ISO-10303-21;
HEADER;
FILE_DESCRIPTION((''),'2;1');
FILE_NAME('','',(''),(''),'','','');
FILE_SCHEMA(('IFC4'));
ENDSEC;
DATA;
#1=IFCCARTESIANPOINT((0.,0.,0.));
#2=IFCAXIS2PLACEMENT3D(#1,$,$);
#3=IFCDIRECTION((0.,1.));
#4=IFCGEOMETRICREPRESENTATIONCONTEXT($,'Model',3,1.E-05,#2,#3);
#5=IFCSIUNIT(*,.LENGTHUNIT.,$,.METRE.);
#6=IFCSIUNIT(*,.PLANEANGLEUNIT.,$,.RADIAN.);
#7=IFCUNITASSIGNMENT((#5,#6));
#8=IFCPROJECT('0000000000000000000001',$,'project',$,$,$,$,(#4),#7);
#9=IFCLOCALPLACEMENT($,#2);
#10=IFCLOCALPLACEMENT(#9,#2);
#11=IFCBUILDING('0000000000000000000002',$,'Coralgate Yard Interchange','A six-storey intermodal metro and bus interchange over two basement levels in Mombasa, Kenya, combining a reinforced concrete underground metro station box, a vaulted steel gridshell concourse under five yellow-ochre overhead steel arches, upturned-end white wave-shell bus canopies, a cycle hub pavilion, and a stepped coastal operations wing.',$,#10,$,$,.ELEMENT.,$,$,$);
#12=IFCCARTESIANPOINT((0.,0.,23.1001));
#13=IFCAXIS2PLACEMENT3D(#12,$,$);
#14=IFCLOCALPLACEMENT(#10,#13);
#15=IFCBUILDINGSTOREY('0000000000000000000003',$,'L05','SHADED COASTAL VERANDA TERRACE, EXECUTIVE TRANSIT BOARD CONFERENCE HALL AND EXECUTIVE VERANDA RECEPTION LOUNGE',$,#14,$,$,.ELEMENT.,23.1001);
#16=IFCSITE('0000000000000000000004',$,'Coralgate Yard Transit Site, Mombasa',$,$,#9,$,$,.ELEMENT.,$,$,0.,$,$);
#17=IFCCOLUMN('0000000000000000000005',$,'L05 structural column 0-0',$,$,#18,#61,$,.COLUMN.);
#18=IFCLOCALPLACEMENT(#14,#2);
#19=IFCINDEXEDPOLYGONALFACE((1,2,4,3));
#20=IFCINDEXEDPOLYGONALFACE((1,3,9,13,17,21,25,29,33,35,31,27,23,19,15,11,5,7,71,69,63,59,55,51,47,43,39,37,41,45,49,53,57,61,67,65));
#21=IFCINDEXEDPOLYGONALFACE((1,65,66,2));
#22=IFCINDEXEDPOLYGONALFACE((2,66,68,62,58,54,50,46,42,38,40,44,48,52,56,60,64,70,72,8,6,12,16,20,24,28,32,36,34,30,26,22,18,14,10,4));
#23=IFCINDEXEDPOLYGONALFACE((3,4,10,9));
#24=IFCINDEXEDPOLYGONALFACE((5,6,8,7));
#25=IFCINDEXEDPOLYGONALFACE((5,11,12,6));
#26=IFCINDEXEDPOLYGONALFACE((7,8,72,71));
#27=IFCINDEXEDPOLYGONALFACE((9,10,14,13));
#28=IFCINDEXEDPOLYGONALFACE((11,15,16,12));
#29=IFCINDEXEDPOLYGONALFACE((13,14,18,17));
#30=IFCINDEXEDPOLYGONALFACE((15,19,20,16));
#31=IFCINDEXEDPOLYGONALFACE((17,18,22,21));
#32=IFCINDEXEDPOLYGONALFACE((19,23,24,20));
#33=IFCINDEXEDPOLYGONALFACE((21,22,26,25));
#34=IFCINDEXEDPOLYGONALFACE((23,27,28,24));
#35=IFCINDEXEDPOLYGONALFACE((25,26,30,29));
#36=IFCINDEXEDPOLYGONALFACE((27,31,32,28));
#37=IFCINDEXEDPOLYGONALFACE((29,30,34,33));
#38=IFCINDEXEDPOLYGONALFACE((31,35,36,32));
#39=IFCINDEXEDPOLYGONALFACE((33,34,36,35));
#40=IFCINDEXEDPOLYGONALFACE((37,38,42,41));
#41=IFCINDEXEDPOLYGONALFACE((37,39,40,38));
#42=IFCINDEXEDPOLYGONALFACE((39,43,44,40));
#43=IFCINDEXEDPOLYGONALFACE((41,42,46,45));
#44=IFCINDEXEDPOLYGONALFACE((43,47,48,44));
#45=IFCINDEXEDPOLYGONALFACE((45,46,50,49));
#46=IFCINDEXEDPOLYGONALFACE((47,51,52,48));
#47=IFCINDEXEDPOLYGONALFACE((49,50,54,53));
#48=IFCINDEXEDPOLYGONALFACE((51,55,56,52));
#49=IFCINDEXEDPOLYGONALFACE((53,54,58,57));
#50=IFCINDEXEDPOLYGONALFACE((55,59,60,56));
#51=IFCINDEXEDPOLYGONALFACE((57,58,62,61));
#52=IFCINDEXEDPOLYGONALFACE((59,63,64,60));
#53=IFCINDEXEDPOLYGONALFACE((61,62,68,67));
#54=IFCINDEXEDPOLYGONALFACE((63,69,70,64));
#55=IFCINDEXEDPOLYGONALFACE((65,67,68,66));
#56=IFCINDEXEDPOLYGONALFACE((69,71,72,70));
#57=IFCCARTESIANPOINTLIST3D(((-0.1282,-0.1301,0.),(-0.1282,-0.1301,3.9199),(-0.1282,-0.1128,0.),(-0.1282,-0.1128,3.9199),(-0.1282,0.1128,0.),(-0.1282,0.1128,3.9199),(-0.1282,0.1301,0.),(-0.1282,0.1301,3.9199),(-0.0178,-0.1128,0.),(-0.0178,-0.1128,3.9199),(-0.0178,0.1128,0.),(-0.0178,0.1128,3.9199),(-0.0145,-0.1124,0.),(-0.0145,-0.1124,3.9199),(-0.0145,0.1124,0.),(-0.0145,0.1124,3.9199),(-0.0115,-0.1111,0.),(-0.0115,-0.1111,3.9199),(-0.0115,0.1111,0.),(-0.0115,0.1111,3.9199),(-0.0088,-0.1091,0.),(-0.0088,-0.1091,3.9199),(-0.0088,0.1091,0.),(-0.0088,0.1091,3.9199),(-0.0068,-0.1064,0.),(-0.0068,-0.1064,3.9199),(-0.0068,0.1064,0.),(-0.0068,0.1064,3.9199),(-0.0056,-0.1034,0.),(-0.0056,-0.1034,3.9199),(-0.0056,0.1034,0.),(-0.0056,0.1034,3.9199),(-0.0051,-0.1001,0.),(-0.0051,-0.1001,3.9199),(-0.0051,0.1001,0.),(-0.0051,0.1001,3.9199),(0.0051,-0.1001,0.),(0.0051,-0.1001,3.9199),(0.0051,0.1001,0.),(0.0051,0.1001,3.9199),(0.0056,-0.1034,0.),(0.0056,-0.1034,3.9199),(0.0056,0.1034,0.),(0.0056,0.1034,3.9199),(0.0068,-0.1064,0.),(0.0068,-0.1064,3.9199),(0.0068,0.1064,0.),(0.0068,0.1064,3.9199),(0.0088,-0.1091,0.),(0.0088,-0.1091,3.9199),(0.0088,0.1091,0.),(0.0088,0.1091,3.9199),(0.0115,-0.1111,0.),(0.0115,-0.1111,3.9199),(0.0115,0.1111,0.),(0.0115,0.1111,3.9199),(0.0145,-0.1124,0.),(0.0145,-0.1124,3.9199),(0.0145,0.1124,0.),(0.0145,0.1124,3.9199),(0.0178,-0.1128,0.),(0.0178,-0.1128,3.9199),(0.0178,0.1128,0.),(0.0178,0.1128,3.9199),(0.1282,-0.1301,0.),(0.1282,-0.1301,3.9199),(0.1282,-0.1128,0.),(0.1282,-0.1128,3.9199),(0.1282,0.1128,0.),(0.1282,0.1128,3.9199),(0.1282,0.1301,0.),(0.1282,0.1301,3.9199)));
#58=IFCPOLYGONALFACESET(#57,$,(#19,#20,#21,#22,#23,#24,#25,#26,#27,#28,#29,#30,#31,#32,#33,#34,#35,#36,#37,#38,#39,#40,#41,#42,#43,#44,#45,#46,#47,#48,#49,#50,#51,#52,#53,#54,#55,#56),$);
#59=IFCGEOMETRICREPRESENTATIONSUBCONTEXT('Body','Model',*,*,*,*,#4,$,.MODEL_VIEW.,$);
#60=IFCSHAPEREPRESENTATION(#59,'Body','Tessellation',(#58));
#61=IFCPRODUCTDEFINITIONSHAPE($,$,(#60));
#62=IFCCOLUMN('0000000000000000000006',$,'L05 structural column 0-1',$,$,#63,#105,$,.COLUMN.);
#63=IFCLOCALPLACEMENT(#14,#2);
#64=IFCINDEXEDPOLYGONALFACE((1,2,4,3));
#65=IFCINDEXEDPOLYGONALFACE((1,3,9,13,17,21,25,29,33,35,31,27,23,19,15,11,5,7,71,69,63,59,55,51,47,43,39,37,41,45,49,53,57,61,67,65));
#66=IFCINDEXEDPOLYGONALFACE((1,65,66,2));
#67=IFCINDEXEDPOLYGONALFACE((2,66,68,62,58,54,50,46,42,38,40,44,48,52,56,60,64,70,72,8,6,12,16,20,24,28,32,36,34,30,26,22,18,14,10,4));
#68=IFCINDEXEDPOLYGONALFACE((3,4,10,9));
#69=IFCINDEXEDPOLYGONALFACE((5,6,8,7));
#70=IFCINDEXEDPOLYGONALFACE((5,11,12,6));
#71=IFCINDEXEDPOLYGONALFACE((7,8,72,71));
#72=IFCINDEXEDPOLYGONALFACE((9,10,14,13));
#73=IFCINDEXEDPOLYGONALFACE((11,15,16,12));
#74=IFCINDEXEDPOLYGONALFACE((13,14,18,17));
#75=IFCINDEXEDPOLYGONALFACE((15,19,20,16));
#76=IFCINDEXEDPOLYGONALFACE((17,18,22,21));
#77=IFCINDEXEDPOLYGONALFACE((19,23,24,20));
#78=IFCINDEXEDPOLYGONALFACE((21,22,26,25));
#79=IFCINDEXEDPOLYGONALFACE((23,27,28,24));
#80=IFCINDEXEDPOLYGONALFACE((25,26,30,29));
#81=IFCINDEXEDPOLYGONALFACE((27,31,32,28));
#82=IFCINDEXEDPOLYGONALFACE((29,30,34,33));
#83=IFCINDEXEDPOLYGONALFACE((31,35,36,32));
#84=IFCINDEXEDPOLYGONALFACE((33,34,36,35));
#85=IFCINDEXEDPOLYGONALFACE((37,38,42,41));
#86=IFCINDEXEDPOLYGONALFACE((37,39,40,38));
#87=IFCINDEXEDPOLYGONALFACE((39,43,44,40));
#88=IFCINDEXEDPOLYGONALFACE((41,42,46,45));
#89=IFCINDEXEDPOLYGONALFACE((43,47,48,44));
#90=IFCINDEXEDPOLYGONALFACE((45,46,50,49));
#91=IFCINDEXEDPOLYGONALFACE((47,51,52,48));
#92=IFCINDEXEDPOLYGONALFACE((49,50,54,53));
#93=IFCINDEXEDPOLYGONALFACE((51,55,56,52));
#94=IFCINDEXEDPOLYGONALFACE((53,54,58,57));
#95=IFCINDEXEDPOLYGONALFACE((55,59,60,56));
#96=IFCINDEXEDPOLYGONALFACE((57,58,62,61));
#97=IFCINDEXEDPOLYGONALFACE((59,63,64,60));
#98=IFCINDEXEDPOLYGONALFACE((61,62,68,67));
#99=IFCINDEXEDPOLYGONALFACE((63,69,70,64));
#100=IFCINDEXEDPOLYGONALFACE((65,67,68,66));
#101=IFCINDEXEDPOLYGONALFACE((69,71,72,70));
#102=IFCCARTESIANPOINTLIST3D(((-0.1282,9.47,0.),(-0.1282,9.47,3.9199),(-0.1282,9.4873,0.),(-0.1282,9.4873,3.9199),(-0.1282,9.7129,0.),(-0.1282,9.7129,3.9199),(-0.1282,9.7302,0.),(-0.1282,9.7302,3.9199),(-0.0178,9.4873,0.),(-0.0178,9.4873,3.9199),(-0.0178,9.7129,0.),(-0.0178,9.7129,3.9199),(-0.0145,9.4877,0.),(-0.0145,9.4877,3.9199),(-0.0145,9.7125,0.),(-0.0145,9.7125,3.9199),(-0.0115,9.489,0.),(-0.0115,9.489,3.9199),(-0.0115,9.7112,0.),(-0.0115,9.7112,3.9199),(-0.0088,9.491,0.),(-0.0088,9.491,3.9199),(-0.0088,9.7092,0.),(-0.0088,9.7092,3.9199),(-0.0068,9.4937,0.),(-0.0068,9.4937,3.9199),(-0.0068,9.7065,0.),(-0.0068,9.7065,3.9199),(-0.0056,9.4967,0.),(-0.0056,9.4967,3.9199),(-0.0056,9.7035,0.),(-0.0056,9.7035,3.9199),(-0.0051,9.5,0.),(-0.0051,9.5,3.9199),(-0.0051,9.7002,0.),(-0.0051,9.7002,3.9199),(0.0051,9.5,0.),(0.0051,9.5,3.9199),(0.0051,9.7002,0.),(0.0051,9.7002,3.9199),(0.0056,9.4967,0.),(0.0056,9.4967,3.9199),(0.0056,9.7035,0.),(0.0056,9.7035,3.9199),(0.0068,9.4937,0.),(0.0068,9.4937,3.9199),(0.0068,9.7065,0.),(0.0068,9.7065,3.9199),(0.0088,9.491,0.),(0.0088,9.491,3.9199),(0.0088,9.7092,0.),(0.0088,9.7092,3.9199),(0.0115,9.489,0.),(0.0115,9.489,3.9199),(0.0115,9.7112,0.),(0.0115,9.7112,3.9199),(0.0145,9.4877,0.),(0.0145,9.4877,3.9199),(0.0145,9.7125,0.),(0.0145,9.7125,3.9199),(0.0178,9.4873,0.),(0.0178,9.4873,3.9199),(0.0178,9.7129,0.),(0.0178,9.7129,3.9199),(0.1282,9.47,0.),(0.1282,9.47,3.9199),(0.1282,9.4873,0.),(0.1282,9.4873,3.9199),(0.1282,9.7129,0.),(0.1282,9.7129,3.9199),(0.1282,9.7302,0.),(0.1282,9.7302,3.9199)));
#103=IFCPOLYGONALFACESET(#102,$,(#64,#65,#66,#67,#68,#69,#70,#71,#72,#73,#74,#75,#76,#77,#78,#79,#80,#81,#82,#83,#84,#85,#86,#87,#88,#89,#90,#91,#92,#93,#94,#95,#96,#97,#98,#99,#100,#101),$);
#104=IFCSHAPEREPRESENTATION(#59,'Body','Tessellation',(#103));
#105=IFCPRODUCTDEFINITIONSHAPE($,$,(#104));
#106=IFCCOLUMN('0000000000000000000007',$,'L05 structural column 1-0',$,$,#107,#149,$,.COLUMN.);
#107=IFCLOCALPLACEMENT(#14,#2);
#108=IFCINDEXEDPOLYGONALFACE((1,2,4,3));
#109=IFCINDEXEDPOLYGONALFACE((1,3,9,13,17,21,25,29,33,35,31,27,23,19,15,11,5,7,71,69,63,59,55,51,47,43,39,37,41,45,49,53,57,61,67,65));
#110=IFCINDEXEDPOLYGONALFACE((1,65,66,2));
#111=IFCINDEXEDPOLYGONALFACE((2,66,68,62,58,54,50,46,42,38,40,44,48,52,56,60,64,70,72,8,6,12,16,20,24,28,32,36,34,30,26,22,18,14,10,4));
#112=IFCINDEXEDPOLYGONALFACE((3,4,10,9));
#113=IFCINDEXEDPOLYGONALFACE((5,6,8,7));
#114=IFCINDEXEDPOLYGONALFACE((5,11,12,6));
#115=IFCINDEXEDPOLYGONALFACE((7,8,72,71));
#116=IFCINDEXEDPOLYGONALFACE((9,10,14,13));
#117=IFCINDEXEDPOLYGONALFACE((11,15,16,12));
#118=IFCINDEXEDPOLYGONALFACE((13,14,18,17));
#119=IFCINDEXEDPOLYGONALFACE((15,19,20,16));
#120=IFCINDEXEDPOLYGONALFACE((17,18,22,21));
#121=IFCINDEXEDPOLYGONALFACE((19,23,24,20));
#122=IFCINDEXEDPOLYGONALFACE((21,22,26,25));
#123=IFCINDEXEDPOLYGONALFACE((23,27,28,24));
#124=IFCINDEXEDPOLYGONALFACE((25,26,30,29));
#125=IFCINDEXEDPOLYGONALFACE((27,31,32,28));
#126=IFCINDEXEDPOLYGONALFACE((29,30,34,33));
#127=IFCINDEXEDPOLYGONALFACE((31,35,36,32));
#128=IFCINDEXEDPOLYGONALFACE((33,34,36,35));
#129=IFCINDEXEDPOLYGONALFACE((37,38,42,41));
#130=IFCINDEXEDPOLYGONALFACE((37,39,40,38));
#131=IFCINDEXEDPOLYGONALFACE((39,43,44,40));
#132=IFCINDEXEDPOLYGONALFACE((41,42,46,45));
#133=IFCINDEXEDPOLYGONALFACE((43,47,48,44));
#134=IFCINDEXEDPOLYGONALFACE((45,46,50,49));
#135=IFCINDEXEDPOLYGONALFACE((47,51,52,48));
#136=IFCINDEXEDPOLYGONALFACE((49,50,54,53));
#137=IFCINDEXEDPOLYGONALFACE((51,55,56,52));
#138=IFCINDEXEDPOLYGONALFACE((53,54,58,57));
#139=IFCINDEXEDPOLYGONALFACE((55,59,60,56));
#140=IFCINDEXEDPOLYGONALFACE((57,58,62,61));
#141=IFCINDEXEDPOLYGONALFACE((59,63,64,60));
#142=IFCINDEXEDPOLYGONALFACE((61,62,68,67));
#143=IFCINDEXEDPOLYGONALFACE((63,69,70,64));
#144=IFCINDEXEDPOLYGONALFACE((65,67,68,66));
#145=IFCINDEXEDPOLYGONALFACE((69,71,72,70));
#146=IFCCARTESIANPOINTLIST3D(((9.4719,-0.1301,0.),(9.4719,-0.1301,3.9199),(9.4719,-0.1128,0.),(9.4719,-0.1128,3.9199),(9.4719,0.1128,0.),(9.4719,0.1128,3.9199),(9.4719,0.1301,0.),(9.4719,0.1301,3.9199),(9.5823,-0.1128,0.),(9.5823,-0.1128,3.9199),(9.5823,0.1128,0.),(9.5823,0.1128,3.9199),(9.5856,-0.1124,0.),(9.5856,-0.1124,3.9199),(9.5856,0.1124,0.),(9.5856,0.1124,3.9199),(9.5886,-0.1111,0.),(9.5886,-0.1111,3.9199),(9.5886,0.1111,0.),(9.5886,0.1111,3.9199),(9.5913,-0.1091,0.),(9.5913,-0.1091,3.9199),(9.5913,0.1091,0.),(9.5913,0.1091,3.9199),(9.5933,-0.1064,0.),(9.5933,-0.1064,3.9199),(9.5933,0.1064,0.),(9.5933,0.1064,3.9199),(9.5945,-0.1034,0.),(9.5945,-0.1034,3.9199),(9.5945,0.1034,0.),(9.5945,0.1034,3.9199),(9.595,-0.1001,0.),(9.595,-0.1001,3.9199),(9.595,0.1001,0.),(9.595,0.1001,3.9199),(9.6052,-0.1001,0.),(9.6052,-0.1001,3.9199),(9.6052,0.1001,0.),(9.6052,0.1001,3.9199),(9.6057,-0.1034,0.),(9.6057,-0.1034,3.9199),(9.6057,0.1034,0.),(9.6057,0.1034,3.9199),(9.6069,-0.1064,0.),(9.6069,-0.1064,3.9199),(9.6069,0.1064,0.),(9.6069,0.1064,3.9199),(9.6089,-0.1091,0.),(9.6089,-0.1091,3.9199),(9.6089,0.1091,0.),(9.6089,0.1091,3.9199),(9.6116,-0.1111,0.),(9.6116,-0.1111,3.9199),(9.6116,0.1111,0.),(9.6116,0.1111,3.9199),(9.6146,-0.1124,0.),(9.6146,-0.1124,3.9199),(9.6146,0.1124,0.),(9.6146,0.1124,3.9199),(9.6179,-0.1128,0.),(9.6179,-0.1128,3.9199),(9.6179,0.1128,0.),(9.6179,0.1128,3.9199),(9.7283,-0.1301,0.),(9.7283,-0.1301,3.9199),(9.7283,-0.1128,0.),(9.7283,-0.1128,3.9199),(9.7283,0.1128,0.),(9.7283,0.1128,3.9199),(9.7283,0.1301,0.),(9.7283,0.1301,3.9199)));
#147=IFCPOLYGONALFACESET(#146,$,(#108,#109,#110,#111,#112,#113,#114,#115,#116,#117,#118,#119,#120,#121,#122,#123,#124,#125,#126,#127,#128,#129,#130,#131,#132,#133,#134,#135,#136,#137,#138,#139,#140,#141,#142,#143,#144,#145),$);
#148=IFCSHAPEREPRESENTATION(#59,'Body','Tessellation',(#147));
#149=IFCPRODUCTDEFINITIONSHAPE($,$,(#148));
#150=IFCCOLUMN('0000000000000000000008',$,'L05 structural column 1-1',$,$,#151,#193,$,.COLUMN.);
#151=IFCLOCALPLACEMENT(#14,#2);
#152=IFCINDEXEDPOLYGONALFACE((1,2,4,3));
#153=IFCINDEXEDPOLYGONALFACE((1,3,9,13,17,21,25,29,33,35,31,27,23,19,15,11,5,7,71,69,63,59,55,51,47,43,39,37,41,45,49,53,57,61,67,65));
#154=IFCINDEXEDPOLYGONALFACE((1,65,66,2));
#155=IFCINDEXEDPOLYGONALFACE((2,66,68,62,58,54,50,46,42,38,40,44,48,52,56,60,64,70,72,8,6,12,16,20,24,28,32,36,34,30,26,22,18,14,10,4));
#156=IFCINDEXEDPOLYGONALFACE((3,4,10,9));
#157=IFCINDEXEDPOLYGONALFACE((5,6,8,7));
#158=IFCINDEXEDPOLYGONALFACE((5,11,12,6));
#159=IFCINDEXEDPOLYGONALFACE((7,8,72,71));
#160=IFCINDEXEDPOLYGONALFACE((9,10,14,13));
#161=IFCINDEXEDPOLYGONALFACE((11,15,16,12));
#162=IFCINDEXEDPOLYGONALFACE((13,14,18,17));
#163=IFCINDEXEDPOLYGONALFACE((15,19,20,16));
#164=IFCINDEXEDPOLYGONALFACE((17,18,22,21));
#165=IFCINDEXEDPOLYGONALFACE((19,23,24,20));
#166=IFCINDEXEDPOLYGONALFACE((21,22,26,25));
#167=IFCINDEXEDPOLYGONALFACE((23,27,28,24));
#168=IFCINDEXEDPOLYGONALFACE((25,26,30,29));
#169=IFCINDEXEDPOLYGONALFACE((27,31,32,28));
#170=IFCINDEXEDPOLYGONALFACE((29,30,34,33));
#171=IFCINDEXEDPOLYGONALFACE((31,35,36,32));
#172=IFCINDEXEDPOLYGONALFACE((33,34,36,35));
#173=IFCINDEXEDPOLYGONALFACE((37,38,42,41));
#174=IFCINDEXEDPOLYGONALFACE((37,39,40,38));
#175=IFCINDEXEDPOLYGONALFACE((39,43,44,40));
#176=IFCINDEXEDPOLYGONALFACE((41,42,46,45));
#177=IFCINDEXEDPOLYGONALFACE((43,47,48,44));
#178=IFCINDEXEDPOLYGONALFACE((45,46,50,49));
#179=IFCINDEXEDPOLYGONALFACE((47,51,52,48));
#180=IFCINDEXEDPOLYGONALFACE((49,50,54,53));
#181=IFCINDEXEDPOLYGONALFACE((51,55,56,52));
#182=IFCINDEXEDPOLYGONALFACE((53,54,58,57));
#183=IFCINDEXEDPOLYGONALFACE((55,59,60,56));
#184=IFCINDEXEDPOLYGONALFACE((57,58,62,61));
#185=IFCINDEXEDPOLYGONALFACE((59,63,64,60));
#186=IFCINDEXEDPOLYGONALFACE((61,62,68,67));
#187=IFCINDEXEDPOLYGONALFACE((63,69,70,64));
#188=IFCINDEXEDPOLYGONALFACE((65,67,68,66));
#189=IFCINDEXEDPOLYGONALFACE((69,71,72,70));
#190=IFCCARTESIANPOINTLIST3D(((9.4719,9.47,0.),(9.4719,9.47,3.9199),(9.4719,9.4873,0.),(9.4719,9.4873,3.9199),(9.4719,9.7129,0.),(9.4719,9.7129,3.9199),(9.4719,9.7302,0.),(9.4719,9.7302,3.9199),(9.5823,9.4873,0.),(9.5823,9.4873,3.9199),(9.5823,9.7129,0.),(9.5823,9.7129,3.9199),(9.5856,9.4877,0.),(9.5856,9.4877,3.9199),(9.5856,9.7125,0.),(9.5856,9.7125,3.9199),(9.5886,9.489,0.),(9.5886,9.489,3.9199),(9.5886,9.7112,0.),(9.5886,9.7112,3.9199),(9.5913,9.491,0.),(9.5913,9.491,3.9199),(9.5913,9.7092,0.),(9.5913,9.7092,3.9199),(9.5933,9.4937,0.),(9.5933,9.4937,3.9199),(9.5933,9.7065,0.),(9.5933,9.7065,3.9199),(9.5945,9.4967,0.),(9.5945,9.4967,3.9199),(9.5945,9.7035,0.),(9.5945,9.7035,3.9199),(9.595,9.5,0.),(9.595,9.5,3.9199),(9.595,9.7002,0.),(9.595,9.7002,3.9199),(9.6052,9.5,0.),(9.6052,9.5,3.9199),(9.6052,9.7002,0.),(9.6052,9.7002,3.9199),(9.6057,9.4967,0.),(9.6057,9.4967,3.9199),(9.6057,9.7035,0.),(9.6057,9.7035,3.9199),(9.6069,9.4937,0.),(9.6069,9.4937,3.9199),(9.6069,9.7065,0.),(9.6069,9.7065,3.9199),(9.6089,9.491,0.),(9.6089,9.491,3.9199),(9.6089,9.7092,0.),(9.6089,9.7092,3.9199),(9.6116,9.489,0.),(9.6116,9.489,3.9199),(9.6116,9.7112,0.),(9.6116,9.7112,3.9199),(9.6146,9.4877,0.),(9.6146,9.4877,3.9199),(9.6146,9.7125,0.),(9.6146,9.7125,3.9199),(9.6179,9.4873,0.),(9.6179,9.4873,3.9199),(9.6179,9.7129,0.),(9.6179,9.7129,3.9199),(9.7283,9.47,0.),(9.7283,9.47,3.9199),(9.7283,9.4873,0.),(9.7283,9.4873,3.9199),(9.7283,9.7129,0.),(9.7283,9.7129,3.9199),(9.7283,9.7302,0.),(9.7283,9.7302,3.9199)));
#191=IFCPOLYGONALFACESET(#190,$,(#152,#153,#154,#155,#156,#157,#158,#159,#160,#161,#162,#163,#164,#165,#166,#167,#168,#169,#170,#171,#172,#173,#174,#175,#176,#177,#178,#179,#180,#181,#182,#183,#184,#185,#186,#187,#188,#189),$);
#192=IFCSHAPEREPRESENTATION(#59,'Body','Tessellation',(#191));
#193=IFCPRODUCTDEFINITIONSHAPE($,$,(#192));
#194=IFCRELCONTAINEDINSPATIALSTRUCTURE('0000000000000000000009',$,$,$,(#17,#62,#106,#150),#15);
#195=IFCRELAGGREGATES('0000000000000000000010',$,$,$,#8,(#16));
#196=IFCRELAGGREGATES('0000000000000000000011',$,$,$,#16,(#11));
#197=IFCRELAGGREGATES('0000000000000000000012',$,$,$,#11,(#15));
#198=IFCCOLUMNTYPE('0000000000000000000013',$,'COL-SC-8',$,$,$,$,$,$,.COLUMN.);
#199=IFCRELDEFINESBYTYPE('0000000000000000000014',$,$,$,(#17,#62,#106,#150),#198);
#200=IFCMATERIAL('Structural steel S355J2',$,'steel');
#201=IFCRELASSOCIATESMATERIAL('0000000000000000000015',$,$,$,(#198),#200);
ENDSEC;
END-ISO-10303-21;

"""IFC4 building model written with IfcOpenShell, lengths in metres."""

from ifc_helpers import new_model, si_unit, direction, frame, origin, origin_2d, place, context, subcontext, project, spatial, i_section, extrude, material, material_profile, profile_set, type_object, element, save


model = new_model("IFC4")

# Units and contexts
model_context = context("Model", 3, precision=1e-05, world=origin(), true_north=direction((0.0, 1.0)))
body_context = subcontext(model_context, "Body", "Model", "MODEL_VIEW")
ifc_project = project(units=[si_unit("LENGTHUNIT", "METRE"), si_unit("PLANEANGLEUNIT", "RADIAN")], contexts=[model_context])

# Site, building, storey
site_placement = place(None, origin())
site = spatial("IfcSite", under=ifc_project, at=site_placement, Name="Coralgate Yard Transit Site, Mombasa", CompositionType="ELEMENT", RefElevation=0.0)
building_placement = place(site_placement, origin())
building = spatial("IfcBuilding", under=site, at=building_placement, Name="Coralgate Yard Interchange", Description="A six-storey intermodal metro and bus interchange over two basement levels in Mombasa, Kenya, combining a reinforced concrete underground metro station box, a vaulted steel gridshell concourse under five yellow-ochre overhead steel arches, upturned-end white wave-shell bus canopies, a cycle hub pavilion, and a stepped coastal operations wing.", CompositionType="ELEMENT")
storey_placement = place(building_placement, frame((0.0, 0.0, 23.1001)))
storey = spatial("IfcBuildingStorey", under=building, at=storey_placement, Name="L05", Description="SHADED COASTAL VERANDA TERRACE, EXECUTIVE TRANSIT BOARD CONFERENCE HALL AND EXECUTIVE VERANDA RECEPTION LOUNGE", CompositionType="ELEMENT", Elevation=23.1001)

# Columns
ifc_material_1 = material(Name="Structural steel S355J2", Category="steel")
ifc_material_profile_1 = material_profile(ifc_material_1, i_section(OverallWidth=0.2563, OverallDepth=0.2603, WebThickness=0.0103, FlangeThickness=0.0173, FilletRadius=0.0127, at=origin_2d()), Name="UC 254x254x89")
ifc_profile_set_1 = profile_set([ifc_material_profile_1], Name="Structural steel S355J2")
column_type = type_object("IfcColumnType", Name="COL-SC-8", PredefinedType="COLUMN", material=ifc_profile_set_1)
for number, where, z_axis, x_axis, name in (
    (1, (0.0, 0.0, 0.0), (0.0, 0.0, 1.0), (1.0, 0.0, 0.0), "L05 structural column 0-0"),
    (2, (0.0, 9.6001, 0.0), (0.0, 0.0, 1.0), (1.0, 0.0, 0.0), "L05 structural column 0-1"),
    (3, (9.6001, 0.0, 0.0), (0.0, 0.0, 1.0), (1.0, 0.0, 0.0), "L05 structural column 1-0"),
    (4, (9.6001, 9.6001, 0.0), (0.0, 0.0, 1.0), (1.0, 0.0, 0.0), "L05 structural column 1-1"),
):
    element("IfcColumn", number, at=place(storey_placement, frame(where, z_axis=z_axis, x_axis=x_axis)), inside=storey, type_object=column_type, Name=name, PredefinedType="COLUMN", context=body_context, shape_type="SweptSolid", body=[
        extrude(i_section(OverallWidth=0.2563, OverallDepth=0.2603, WebThickness=0.0103, FlangeThickness=0.0173, FilletRadius=0.0127, at=origin_2d()), origin(), (0.0, 0.0, 1.0), 3.9199),
    ])

save(model, "model.ifc")
